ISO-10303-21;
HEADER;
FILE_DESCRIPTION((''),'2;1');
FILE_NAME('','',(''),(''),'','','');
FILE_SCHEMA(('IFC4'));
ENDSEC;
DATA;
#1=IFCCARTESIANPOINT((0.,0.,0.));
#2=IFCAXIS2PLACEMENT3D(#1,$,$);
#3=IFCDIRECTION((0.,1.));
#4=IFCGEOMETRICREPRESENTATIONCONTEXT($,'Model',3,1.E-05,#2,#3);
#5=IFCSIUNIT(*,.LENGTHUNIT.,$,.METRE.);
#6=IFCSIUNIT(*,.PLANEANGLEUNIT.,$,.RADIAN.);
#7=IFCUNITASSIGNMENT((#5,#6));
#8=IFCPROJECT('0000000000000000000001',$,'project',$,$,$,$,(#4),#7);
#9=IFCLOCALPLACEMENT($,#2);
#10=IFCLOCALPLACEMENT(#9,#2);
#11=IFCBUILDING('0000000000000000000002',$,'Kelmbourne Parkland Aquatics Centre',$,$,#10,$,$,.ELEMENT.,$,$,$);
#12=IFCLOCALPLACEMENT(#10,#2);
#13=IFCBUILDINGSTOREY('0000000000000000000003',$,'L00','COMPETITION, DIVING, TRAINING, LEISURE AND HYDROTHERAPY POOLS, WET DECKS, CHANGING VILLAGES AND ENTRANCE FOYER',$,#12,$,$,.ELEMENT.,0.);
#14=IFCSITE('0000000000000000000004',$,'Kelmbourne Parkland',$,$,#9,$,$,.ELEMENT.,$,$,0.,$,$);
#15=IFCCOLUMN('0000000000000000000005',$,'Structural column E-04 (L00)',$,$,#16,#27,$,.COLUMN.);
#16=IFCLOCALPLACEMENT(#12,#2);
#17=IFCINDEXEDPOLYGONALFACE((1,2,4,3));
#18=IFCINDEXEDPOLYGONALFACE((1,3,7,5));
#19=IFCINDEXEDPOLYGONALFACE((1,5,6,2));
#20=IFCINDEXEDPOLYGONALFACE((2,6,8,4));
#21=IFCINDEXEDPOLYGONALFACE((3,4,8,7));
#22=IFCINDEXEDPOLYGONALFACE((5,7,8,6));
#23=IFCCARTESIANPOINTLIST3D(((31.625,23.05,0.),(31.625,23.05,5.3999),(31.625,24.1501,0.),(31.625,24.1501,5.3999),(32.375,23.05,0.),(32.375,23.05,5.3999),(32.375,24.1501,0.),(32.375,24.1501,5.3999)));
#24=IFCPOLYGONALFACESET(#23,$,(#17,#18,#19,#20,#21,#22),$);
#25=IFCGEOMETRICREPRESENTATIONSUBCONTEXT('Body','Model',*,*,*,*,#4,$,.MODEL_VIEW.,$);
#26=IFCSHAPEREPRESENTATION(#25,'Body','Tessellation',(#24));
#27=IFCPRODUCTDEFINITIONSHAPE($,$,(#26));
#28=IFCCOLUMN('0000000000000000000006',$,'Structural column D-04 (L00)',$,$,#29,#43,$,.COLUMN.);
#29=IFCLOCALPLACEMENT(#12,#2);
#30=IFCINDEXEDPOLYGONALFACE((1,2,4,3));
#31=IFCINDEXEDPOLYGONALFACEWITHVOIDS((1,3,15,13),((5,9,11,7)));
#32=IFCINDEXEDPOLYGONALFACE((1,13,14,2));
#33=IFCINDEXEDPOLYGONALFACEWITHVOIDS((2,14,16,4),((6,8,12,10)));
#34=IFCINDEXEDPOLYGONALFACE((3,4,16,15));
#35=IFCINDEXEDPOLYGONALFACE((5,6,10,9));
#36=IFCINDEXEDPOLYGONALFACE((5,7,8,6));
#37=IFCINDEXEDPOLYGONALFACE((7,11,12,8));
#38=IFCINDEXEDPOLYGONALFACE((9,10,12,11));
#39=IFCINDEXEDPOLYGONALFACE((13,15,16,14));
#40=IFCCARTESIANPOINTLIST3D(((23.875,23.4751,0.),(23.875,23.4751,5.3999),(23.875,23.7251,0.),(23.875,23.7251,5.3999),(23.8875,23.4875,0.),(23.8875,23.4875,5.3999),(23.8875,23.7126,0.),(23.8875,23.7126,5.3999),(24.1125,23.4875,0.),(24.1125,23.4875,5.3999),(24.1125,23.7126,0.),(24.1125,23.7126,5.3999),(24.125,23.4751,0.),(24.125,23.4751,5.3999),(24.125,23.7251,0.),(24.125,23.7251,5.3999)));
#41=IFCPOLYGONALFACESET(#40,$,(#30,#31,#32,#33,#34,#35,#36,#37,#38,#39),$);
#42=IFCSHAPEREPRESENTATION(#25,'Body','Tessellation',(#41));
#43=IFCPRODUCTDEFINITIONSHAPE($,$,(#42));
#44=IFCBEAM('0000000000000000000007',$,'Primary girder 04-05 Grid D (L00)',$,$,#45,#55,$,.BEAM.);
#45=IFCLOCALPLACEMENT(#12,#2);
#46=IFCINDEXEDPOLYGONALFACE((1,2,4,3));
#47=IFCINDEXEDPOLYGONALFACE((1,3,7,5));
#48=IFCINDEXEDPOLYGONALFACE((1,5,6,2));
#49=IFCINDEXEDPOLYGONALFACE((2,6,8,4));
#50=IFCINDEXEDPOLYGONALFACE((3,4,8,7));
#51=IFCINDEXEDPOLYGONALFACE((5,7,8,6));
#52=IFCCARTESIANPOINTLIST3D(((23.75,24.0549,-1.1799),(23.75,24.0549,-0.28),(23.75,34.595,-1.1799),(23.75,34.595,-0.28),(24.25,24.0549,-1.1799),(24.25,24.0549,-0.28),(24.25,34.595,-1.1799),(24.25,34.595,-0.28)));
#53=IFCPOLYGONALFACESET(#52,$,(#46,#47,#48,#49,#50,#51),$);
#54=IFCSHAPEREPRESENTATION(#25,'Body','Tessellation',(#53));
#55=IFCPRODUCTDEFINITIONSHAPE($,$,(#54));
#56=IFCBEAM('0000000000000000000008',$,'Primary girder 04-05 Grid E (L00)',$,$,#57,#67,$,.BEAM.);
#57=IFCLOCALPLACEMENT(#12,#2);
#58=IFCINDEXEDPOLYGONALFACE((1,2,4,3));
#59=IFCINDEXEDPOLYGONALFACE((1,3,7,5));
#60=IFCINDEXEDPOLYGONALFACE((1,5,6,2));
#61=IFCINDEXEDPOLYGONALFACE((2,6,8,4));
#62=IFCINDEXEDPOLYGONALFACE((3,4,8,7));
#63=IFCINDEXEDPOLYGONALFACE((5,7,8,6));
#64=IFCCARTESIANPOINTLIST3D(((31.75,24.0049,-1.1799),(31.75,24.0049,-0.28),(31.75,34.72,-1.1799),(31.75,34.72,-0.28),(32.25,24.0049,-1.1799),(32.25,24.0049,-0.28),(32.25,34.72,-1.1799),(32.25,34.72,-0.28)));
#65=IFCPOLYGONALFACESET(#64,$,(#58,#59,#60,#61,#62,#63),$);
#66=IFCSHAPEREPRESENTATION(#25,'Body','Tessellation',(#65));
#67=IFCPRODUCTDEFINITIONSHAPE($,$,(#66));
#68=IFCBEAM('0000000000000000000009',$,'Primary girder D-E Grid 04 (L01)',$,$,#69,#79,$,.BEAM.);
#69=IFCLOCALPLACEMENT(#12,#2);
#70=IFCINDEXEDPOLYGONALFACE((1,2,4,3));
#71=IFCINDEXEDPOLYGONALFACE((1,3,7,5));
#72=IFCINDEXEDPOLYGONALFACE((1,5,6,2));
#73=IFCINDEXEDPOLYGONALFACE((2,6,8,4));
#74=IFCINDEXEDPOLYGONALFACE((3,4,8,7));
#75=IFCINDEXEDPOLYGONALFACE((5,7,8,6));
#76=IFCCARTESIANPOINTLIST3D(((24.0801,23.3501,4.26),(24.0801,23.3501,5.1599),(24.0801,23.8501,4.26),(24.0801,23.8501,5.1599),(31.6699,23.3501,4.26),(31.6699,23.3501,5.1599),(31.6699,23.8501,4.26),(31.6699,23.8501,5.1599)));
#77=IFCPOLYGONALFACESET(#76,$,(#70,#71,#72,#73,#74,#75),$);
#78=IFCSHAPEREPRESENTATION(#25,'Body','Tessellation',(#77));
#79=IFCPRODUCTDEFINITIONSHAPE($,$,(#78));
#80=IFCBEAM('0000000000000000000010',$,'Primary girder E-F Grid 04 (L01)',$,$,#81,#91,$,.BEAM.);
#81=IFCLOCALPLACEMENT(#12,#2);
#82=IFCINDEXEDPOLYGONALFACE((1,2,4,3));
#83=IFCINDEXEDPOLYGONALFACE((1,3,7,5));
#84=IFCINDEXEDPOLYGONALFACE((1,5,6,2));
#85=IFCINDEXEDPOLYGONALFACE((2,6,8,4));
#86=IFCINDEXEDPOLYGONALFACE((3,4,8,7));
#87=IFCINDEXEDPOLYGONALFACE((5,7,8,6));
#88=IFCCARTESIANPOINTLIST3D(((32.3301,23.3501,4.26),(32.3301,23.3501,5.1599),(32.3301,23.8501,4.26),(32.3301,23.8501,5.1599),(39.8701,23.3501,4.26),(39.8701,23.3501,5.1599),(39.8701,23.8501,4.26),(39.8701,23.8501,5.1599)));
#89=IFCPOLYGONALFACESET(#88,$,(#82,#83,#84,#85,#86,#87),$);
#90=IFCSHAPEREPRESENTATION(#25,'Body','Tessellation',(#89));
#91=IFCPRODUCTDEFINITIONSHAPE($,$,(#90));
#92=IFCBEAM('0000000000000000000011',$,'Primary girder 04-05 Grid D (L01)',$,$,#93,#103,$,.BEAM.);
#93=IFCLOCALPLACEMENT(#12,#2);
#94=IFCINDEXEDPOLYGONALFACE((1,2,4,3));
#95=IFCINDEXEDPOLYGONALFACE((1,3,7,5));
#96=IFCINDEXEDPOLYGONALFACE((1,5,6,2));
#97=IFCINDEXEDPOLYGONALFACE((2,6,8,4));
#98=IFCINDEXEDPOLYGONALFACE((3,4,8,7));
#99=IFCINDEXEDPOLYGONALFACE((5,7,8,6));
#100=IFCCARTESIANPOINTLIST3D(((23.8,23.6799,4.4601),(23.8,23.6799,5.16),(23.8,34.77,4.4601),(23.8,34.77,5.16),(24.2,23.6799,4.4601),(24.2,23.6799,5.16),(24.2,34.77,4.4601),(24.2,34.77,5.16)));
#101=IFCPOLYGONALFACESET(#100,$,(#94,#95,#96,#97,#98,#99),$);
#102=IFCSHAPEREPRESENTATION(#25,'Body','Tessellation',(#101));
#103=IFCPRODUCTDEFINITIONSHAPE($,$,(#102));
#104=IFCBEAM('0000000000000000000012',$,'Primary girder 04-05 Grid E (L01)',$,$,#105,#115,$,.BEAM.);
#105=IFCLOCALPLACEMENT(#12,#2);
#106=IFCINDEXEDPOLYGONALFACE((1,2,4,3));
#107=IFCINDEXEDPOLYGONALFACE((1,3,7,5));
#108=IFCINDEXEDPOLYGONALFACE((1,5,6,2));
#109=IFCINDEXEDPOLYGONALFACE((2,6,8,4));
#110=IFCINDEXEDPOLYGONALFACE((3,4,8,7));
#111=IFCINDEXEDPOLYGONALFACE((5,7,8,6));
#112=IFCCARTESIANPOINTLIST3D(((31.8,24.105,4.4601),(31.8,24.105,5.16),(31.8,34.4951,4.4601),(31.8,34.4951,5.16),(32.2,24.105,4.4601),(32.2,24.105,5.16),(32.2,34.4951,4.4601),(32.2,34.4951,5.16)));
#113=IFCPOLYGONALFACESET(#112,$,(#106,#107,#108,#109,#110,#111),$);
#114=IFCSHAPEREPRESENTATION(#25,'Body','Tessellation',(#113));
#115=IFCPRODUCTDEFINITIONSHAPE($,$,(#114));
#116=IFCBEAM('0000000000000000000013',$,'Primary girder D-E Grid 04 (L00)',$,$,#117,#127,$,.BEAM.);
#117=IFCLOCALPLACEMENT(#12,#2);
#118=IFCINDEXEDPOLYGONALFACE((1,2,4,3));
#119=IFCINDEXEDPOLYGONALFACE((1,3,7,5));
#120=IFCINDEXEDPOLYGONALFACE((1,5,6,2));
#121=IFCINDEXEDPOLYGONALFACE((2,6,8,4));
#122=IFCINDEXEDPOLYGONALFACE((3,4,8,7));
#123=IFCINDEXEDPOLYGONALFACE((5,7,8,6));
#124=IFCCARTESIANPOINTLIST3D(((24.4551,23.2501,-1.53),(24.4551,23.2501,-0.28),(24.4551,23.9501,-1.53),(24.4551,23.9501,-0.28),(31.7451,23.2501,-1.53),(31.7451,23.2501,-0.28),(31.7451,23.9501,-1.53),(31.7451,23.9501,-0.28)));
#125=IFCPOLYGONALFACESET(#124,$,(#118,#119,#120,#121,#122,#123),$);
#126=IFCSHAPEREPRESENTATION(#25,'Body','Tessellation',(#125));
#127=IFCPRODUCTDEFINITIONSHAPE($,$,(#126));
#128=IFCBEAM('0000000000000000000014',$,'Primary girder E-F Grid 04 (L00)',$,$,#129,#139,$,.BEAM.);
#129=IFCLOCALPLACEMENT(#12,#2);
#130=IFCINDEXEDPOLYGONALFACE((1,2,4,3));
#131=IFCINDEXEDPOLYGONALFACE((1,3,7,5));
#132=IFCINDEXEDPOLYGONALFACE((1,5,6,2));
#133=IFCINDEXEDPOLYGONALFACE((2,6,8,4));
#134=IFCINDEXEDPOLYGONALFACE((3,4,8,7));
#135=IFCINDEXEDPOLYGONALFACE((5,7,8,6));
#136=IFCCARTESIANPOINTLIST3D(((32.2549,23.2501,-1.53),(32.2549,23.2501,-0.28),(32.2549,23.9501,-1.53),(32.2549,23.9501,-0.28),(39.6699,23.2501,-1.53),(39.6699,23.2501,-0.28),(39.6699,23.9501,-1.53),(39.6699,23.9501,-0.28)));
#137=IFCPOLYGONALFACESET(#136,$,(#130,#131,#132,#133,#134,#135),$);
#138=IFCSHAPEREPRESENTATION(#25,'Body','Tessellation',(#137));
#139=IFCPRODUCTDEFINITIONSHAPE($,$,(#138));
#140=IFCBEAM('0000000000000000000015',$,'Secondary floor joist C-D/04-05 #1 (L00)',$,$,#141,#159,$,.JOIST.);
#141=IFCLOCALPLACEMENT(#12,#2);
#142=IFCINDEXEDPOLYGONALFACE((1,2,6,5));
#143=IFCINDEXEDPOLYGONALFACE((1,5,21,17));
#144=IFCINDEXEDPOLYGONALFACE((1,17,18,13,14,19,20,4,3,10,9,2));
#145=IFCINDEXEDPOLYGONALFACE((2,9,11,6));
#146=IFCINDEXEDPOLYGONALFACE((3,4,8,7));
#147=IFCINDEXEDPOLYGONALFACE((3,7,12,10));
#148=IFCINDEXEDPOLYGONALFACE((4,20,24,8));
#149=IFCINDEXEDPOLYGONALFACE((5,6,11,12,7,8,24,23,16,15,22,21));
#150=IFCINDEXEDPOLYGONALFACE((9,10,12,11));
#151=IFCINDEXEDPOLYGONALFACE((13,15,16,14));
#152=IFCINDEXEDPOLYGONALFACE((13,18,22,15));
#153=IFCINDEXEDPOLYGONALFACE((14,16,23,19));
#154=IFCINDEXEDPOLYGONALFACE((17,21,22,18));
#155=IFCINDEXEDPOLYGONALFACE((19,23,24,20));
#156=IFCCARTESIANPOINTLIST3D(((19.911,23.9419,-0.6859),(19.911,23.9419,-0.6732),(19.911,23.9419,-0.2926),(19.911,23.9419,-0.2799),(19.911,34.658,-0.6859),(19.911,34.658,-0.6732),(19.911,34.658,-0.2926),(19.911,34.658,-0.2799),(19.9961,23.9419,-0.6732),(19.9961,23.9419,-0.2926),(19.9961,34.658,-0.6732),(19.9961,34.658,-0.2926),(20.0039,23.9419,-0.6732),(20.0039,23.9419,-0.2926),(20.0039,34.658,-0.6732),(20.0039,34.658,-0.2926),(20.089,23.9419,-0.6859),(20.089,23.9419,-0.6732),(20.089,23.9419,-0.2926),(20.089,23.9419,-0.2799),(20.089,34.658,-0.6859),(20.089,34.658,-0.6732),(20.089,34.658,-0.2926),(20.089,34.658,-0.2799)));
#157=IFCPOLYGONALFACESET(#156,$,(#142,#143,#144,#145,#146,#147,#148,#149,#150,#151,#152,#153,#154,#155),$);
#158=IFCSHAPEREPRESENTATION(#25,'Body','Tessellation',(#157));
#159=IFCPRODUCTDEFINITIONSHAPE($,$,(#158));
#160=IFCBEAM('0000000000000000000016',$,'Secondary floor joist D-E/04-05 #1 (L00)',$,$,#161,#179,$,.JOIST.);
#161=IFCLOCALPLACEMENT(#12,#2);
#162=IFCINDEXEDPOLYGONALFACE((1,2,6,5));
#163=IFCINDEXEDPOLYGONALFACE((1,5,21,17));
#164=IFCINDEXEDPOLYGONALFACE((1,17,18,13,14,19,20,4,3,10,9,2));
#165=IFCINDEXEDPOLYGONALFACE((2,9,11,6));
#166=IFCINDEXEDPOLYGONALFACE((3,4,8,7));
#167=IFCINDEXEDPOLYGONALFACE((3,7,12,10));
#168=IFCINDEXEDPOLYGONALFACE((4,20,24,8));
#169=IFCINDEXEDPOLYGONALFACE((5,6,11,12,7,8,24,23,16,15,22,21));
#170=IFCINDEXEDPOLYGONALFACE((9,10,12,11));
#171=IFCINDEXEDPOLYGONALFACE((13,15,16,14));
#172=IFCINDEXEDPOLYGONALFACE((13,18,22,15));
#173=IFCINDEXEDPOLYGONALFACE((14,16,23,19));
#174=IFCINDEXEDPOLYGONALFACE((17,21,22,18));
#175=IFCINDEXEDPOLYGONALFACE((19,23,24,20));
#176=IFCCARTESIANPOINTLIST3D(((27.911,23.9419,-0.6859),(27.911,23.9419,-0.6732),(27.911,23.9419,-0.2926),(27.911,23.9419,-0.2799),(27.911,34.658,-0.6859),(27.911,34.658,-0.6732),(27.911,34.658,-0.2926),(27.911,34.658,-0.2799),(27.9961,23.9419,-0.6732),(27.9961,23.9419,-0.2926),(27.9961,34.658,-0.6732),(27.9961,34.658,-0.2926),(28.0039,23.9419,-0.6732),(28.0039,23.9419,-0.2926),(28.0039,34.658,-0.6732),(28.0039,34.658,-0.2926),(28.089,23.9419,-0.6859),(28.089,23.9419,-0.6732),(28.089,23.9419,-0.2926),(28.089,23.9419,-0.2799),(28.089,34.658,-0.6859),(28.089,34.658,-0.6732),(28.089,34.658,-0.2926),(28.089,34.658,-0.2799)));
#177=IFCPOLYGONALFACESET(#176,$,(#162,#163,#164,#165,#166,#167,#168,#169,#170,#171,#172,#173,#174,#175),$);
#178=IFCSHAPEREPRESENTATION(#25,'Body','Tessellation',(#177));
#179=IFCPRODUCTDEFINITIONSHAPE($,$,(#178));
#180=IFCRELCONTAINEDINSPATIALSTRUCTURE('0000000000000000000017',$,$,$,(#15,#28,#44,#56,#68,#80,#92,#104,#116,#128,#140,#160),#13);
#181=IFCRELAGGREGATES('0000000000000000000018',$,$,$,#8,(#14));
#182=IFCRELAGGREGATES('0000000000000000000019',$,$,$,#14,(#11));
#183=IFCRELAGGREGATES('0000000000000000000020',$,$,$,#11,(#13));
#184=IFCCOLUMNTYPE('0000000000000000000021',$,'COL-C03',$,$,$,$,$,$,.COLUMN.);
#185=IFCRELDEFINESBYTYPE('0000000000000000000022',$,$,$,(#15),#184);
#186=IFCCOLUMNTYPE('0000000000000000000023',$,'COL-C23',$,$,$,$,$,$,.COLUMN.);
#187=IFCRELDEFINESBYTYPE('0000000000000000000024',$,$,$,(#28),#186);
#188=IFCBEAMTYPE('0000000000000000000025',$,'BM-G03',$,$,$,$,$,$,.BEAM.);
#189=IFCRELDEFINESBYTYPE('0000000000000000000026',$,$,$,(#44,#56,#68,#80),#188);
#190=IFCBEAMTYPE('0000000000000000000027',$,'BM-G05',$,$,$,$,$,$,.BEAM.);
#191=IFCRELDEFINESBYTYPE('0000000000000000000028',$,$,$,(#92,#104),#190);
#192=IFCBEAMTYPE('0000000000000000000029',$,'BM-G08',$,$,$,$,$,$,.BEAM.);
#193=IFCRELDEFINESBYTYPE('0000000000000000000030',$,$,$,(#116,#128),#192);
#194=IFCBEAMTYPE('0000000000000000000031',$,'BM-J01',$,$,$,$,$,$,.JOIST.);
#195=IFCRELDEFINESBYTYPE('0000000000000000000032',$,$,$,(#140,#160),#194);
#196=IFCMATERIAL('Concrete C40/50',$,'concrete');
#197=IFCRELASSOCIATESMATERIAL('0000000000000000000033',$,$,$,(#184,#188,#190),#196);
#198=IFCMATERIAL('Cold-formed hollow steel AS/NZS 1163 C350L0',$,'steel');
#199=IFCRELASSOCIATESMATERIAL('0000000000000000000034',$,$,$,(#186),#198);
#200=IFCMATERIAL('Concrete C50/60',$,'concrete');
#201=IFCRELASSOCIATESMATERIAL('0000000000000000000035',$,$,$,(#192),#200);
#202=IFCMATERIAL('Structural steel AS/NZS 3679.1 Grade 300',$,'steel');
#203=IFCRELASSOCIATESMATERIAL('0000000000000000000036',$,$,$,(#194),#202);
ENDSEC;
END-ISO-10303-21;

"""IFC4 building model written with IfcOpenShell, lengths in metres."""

from ifc_helpers import new_model, si_unit, direction, frame, origin, origin_2d, place, context, subcontext, project, spatial, rectangle, hollow_rectangle, i_section, extrude, material, material_profile, profile_set, type_object, element, save


model = new_model("IFC4")

# Units and contexts
model_context = context("Model", 3, precision=1e-05, world=origin(), true_north=direction((0.0, 1.0)))
body_context = subcontext(model_context, "Body", "Model", "MODEL_VIEW")
ifc_project = project(units=[si_unit("LENGTHUNIT", "METRE"), si_unit("PLANEANGLEUNIT", "RADIAN")], contexts=[model_context])

# Site, building, storey
site_placement = place(None, origin())
site = spatial("IfcSite", under=ifc_project, at=site_placement, Name="Kelmbourne Parkland", CompositionType="ELEMENT", RefElevation=0.0)
building_placement = place(site_placement, origin())
building = spatial("IfcBuilding", under=site, at=building_placement, Name="Kelmbourne Parkland Aquatics Centre", CompositionType="ELEMENT")
storey_placement = place(building_placement, origin())
storey = spatial("IfcBuildingStorey", under=building, at=storey_placement, Name="L00", Description="COMPETITION, DIVING, TRAINING, LEISURE AND HYDROTHERAPY POOLS, WET DECKS, CHANGING VILLAGES AND ENTRANCE FOYER", CompositionType="ELEMENT", Elevation=0.0)

# Columns
ifc_material_1 = material(Name="Concrete C40/50", Category="concrete")
ifc_material_profile_1 = material_profile(ifc_material_1, rectangle(XDim=0.75, YDim=1.1001, at=origin_2d()), Name="RC 750x1100")
ifc_profile_set_1 = profile_set([ifc_material_profile_1], Name="Concrete C40/50")
column_type_1 = type_object("IfcColumnType", Name="COL-C03", PredefinedType="COLUMN", material=ifc_profile_set_1)
column_1_placement = place(storey_placement, frame((32.0, 23.6001, 0.0), z_axis=(0.0, 0.0, 1.0), x_axis=(1.0, 0.0, 0.0)))
element("IfcColumn", 1, at=column_1_placement, inside=storey, type_object=column_type_1, Name="Structural column E-04 (L00)", PredefinedType="COLUMN", context=body_context, shape_type="SweptSolid", body=[
    extrude(rectangle(XDim=0.75, YDim=1.1001, at=origin_2d()), origin(), (0.0, 0.0, 1.0), 5.3999),
])
ifc_material_2 = material(Name="Cold-formed hollow steel AS/NZS 1163 C350L0", Category="steel")
ifc_material_profile_2 = material_profile(ifc_material_2, hollow_rectangle(XDim=0.25, YDim=0.25, WallThickness=0.0125, at=origin_2d()), Name="SHS 250x250x12.5")
ifc_profile_set_2 = profile_set([ifc_material_profile_2], Name="Cold-formed hollow steel AS/NZS 1163 C350L0")
column_type_2 = type_object("IfcColumnType", Name="COL-C23", PredefinedType="COLUMN", material=ifc_profile_set_2)
column_2_placement = place(storey_placement, frame((24.0, 23.6001, 0.0), z_axis=(0.0, 0.0, 1.0), x_axis=(1.0, 0.0, 0.0)))
element("IfcColumn", 2, at=column_2_placement, inside=storey, type_object=column_type_2, Name="Structural column D-04 (L00)", PredefinedType="COLUMN", context=body_context, shape_type="SweptSolid", body=[
    extrude(hollow_rectangle(XDim=0.25, YDim=0.25, WallThickness=0.0125, at=origin_2d()), origin(), (0.0, 0.0, 1.0), 5.3999),
])

# Beams
ifc_material_profile_3 = material_profile(ifc_material_1, rectangle(XDim=0.5, YDim=0.8999, at=origin_2d()), Name="RC 500x900")
ifc_profile_set_3 = profile_set([ifc_material_profile_3], Name="Concrete C40/50")
beam_type_1 = type_object("IfcBeamType", Name="BM-G03", PredefinedType="BEAM", material=ifc_profile_set_3)
beam_1_placement = place(storey_placement, frame((24.0, 24.0549, -0.73), z_axis=(0.0, 1.0, 0.0), x_axis=(-1.0, 0.0, 0.0)))
element("IfcBeam", 3, at=beam_1_placement, inside=storey, type_object=beam_type_1, Name="Primary girder 04-05 Grid D (L00)", PredefinedType="BEAM", context=body_context, shape_type="SweptSolid", body=[
    extrude(rectangle(XDim=0.5, YDim=0.8999, at=origin_2d()), origin(), (0.0, 0.0, 1.0), 10.54),
])
beam_2_placement = place(storey_placement, frame((32.0, 24.0049, -0.73), z_axis=(0.0, 1.0, 0.0), x_axis=(-1.0, 0.0, 0.0)))
element("IfcBeam", 4, at=beam_2_placement, inside=storey, type_object=beam_type_1, Name="Primary girder 04-05 Grid E (L00)", PredefinedType="BEAM", context=body_context, shape_type="SweptSolid", body=[
    extrude(rectangle(XDim=0.5, YDim=0.8999, at=origin_2d()), origin(), (0.0, 0.0, 1.0), 10.7151),
])
beam_3_placement = place(storey_placement, frame((24.0801, 23.6001, 4.71), z_axis=(1.0, 0.0, 0.0), x_axis=(0.0, 1.0, 0.0)))
element("IfcBeam", 5, at=beam_3_placement, inside=storey, type_object=beam_type_1, Name="Primary girder D-E Grid 04 (L01)", PredefinedType="BEAM", context=body_context, shape_type="SweptSolid", body=[
    extrude(rectangle(XDim=0.5, YDim=0.8999, at=origin_2d()), origin(), (0.0, 0.0, 1.0), 7.5898),
])
beam_4_placement = place(storey_placement, frame((32.3301, 23.6001, 4.71), z_axis=(1.0, 0.0, 0.0), x_axis=(0.0, 1.0, 0.0)))
element("IfcBeam", 6, at=beam_4_placement, inside=storey, type_object=beam_type_1, Name="Primary girder E-F Grid 04 (L01)", PredefinedType="BEAM", context=body_context, shape_type="SweptSolid", body=[
    extrude(rectangle(XDim=0.5, YDim=0.8999, at=origin_2d()), origin(), (0.0, 0.0, 1.0), 7.54),
])
ifc_material_profile_4 = material_profile(ifc_material_1, rectangle(XDim=0.3999, YDim=0.7, at=origin_2d()), Name="RC 400x700")
ifc_profile_set_4 = profile_set([ifc_material_profile_4], Name="Concrete C40/50")
beam_type_2 = type_object("IfcBeamType", Name="BM-G05", PredefinedType="BEAM", material=ifc_profile_set_4)
beam_5_placement = place(storey_placement, frame((24.0, 23.6799, 4.8101), z_axis=(0.0, 1.0, 0.0), x_axis=(-1.0, 0.0, 0.0)))
element("IfcBeam", 7, at=beam_5_placement, inside=storey, type_object=beam_type_2, Name="Primary girder 04-05 Grid D (L01)", PredefinedType="BEAM", context=body_context, shape_type="SweptSolid", body=[
    extrude(rectangle(XDim=0.3999, YDim=0.7, at=origin_2d()), origin(), (0.0, 0.0, 1.0), 11.0901),
])
beam_6_placement = place(storey_placement, frame((32.0, 24.105, 4.8101), z_axis=(0.0, 1.0, 0.0), x_axis=(-1.0, 0.0, 0.0)))
element("IfcBeam", 8, at=beam_6_placement, inside=storey, type_object=beam_type_2, Name="Primary girder 04-05 Grid E (L01)", PredefinedType="BEAM", context=body_context, shape_type="SweptSolid", body=[
    extrude(rectangle(XDim=0.3999, YDim=0.7, at=origin_2d()), origin(), (0.0, 0.0, 1.0), 10.3901),
])
ifc_material_3 = material(Name="Concrete C50/60", Category="concrete")
ifc_material_profile_5 = material_profile(ifc_material_3, rectangle(XDim=0.7, YDim=1.25, at=origin_2d()), Name="RC 700x1250")
ifc_profile_set_5 = profile_set([ifc_material_profile_5], Name="Concrete C50/60")
beam_type_3 = type_object("IfcBeamType", Name="BM-G08", PredefinedType="BEAM", material=ifc_profile_set_5)
beam_7_placement = place(storey_placement, frame((24.4551, 23.6001, -0.905), z_axis=(1.0, 0.0, 0.0), x_axis=(0.0, 1.0, 0.0)))
element("IfcBeam", 9, at=beam_7_placement, inside=storey, type_object=beam_type_3, Name="Primary girder D-E Grid 04 (L00)", PredefinedType="BEAM", context=body_context, shape_type="SweptSolid", body=[
    extrude(rectangle(XDim=0.7, YDim=1.25, at=origin_2d()), origin(), (0.0, 0.0, 1.0), 7.29),
])
beam_8_placement = place(storey_placement, frame((32.2549, 23.6001, -0.905), z_axis=(1.0, 0.0, 0.0), x_axis=(0.0, 1.0, 0.0)))
element("IfcBeam", 10, at=beam_8_placement, inside=storey, type_object=beam_type_3, Name="Primary girder E-F Grid 04 (L00)", PredefinedType="BEAM", context=body_context, shape_type="SweptSolid", body=[
    extrude(rectangle(XDim=0.7, YDim=1.25, at=origin_2d()), origin(), (0.0, 0.0, 1.0), 7.415),
])
ifc_material_4 = material(Name="Structural steel AS/NZS 3679.1 Grade 300", Category="steel")
ifc_material_profile_6 = material_profile(ifc_material_4, i_section(OverallWidth=0.178, OverallDepth=0.406, WebThickness=0.0078, FlangeThickness=0.0127, at=origin_2d()), Name="410UB59.7")
ifc_profile_set_6 = profile_set([ifc_material_profile_6], Name="Structural steel AS/NZS 3679.1 Grade 300")
beam_type_4 = type_object("IfcBeamType", Name="BM-J01", PredefinedType="JOIST", material=ifc_profile_set_6)
for number, where, z_axis, x_axis, name in (
    (11, (20.0, 23.9419, -0.4829), (0.0, 1.0, 0.0), (-1.0, 0.0, 0.0), "Secondary floor joist C-D/04-05 #1 (L00)"),
    (12, (28.0, 23.9419, -0.4829), (0.0, 1.0, 0.0), (-1.0, 0.0, 0.0), "Secondary floor joist D-E/04-05 #1 (L00)"),
):
    element("IfcBeam", number, at=place(storey_placement, frame(where, z_axis=z_axis, x_axis=x_axis)), inside=storey, type_object=beam_type_4, Name=name, PredefinedType="JOIST", context=body_context, shape_type="SweptSolid", body=[
        extrude(i_section(OverallWidth=0.178, OverallDepth=0.406, WebThickness=0.0078, FlangeThickness=0.0127, at=origin_2d()), origin(), (0.0, 0.0, 1.0), 10.7161),
    ])

save(model, "model.ifc")
